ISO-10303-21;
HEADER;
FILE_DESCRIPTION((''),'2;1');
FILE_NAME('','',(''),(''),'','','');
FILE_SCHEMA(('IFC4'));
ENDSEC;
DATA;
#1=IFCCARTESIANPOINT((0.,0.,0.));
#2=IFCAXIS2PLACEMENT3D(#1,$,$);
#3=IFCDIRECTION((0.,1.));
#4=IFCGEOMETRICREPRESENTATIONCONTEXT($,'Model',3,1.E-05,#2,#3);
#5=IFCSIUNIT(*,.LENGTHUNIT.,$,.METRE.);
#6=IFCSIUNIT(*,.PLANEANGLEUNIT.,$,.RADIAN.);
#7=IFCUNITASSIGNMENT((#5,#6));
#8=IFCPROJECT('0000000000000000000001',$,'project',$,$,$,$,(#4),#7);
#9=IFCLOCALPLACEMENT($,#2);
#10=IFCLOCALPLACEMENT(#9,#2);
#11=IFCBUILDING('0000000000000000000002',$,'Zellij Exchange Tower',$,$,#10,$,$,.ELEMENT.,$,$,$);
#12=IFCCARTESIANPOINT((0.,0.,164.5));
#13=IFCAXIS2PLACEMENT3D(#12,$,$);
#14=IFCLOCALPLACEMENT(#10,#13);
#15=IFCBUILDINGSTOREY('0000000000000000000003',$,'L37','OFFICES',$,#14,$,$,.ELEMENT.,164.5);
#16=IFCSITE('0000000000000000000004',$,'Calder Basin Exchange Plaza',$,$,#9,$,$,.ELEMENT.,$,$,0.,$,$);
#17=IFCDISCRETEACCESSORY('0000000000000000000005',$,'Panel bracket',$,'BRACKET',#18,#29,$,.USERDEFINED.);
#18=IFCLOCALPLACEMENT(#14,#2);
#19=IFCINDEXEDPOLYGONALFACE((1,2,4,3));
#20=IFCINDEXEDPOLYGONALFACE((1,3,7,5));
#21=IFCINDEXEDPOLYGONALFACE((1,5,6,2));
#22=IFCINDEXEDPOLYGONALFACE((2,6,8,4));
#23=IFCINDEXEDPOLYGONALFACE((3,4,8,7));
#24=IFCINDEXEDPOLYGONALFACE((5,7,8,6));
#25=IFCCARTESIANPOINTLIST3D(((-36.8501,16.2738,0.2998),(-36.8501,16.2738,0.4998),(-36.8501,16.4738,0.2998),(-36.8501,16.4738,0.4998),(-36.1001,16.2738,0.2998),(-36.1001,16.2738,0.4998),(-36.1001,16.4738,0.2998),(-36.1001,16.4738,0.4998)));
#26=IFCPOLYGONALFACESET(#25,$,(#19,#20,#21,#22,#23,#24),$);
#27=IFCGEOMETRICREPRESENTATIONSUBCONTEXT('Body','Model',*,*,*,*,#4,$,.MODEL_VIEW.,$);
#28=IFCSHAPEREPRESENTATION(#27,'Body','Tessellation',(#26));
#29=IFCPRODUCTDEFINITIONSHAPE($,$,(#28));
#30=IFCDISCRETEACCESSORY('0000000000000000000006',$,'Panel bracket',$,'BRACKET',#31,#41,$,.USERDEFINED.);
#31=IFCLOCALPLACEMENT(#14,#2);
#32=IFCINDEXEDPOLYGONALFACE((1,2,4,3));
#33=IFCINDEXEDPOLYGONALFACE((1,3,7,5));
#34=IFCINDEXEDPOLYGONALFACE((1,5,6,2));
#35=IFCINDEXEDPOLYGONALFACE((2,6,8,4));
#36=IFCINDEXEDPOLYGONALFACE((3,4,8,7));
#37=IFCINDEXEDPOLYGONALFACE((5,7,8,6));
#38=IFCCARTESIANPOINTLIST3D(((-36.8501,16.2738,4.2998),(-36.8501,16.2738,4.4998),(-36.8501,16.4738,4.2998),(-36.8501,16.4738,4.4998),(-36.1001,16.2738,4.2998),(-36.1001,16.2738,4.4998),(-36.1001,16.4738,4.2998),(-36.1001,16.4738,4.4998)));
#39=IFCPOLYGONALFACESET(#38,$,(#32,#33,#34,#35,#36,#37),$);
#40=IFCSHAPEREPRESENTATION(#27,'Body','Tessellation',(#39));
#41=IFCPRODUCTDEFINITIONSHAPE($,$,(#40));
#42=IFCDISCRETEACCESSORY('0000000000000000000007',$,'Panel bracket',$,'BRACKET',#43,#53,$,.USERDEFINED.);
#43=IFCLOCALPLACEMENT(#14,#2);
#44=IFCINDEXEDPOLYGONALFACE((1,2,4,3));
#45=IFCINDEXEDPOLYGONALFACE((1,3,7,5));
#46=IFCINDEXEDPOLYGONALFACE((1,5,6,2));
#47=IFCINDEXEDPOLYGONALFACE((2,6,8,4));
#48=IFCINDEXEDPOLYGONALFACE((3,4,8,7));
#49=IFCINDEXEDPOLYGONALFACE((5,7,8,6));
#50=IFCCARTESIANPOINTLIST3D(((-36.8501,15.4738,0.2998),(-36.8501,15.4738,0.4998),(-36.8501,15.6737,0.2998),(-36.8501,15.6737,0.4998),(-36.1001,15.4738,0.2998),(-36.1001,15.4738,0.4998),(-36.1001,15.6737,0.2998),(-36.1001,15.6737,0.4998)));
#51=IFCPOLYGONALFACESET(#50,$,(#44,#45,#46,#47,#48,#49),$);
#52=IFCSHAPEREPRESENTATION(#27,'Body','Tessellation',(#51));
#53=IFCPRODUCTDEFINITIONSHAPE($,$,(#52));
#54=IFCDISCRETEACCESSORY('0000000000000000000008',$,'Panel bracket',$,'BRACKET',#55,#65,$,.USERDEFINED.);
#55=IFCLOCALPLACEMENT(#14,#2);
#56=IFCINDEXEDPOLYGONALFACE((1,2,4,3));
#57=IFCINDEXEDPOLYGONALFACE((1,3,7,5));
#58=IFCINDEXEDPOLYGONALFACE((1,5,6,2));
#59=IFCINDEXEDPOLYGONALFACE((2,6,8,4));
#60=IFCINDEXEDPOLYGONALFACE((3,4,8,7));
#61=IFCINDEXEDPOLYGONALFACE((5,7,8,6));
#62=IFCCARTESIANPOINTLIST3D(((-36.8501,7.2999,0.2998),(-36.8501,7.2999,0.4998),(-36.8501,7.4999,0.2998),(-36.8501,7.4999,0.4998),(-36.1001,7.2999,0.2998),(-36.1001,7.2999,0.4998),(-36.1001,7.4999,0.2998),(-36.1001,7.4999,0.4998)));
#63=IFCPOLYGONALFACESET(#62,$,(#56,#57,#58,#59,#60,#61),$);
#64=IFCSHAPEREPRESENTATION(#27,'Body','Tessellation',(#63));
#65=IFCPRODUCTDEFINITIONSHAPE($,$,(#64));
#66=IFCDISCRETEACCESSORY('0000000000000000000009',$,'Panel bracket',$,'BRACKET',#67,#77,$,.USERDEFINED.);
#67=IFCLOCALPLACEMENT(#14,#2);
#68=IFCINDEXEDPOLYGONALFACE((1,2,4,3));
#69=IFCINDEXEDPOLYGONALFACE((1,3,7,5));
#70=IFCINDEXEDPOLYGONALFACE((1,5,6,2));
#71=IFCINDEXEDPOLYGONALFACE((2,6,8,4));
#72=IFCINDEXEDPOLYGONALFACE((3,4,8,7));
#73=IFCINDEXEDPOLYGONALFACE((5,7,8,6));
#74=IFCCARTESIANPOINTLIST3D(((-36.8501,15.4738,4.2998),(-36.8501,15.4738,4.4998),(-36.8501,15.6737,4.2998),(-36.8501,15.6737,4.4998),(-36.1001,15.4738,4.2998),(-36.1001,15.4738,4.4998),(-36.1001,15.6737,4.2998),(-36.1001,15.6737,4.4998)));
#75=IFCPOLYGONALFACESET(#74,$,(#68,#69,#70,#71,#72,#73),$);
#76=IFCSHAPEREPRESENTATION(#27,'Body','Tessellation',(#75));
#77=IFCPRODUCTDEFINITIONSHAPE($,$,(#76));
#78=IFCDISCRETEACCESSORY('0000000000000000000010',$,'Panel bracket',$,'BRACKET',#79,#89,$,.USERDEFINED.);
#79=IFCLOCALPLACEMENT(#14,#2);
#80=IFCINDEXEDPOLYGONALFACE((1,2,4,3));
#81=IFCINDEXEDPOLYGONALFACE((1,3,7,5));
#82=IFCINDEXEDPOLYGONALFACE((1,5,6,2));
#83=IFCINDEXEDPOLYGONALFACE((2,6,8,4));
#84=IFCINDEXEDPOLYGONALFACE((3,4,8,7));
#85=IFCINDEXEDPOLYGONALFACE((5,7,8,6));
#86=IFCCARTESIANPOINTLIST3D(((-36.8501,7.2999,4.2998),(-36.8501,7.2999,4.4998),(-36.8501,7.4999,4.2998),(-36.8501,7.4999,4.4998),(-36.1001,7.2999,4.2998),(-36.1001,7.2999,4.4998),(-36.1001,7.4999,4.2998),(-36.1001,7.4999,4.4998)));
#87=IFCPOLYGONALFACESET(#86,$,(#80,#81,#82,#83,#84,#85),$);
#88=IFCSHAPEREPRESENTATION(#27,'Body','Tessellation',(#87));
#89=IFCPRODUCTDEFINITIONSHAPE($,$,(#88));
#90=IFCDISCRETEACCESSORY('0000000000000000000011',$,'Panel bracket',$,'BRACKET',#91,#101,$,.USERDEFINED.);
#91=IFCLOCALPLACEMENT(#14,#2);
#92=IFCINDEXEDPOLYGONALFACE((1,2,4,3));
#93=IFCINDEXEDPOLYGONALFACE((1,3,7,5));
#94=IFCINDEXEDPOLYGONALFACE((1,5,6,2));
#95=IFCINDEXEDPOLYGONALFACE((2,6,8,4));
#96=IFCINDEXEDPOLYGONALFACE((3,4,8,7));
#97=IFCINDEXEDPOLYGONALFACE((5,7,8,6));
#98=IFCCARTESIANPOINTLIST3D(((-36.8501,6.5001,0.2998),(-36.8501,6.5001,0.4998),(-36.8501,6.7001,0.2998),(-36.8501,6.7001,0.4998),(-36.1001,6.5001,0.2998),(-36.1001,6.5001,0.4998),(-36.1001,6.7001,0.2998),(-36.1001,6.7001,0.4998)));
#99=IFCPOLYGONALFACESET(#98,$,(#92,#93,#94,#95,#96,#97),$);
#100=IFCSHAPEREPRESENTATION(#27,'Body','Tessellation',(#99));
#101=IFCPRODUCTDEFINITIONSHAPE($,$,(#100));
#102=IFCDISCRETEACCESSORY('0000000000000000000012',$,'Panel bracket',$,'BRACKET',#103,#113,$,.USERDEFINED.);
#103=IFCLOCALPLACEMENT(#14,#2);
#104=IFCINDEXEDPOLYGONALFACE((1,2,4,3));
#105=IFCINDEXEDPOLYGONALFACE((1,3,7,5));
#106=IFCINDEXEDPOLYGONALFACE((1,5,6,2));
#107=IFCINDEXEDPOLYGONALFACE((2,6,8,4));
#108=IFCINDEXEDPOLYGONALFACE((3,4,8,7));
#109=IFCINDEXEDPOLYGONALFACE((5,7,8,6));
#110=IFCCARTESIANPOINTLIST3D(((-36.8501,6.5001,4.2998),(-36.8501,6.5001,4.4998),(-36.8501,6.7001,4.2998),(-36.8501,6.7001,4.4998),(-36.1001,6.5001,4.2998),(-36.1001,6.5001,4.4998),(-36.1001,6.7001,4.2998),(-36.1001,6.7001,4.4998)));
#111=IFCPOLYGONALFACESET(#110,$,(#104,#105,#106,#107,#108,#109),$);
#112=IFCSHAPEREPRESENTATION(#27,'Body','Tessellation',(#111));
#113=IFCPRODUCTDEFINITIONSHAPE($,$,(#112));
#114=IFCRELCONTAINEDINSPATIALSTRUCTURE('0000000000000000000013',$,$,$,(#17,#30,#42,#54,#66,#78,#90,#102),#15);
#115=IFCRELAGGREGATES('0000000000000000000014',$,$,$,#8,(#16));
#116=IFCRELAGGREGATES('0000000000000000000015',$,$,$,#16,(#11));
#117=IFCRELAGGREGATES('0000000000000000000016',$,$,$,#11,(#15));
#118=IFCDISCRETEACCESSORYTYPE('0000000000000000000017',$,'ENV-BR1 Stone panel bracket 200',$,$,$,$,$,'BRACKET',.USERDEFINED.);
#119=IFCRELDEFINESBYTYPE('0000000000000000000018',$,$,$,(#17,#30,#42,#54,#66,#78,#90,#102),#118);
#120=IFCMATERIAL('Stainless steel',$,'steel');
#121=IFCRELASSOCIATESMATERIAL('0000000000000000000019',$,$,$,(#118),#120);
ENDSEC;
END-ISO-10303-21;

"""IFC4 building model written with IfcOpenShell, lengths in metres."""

from ifc_helpers import new_model, si_unit, direction, frame, origin, origin_2d, place, context, subcontext, project, spatial, rectangle, extrude, material, type_object, element, save


model = new_model("IFC4")

# Units and contexts
model_context = context("Model", 3, precision=1e-05, world=origin(), true_north=direction((0.0, 1.0)))
body_context = subcontext(model_context, "Body", "Model", "MODEL_VIEW")
ifc_project = project(units=[si_unit("LENGTHUNIT", "METRE"), si_unit("PLANEANGLEUNIT", "RADIAN")], contexts=[model_context])

# Site, building, storey
site_placement = place(None, origin())
site = spatial("IfcSite", under=ifc_project, at=site_placement, Name="Calder Basin Exchange Plaza", CompositionType="ELEMENT", RefElevation=0.0)
building_placement = place(site_placement, origin())
building = spatial("IfcBuilding", under=site, at=building_placement, Name="Zellij Exchange Tower", CompositionType="ELEMENT")
storey_placement = place(building_placement, frame((0.0, 0.0, 164.5)))
storey = spatial("IfcBuildingStorey", under=building, at=storey_placement, Name="L37", Description="OFFICES", CompositionType="ELEMENT", Elevation=164.5)

# Discrete accessories
ifc_material_1 = material(Name="Stainless steel", Category="steel")
discrete_accessory_type = type_object("IfcDiscreteAccessoryType", Name="ENV-BR1 Stone panel bracket 200", ElementType="BRACKET", PredefinedType="USERDEFINED", material=ifc_material_1)
for number, where, z_axis, x_axis, name in (
    (1, (-36.4751, 16.3738, 0.2998), (0.0, 0.0, 1.0), (0.0, -1.0, 0.0), "Panel bracket"),
    (2, (-36.4751, 16.3738, 4.2998), (0.0, 0.0, 1.0), (0.0, -1.0, 0.0), "Panel bracket"),
    (3, (-36.4751, 15.5737, 0.2998), (0.0, 0.0, 1.0), (0.0, -1.0, 0.0), "Panel bracket"),
    (4, (-36.4751, 7.3999, 0.2998), (0.0, 0.0, 1.0), (0.0, -1.0, 0.0), "Panel bracket"),
    (5, (-36.4751, 15.5737, 4.2998), (0.0, 0.0, 1.0), (0.0, -1.0, 0.0), "Panel bracket"),
    (6, (-36.4751, 7.3999, 4.2998), (0.0, 0.0, 1.0), (0.0, -1.0, 0.0), "Panel bracket"),
    (7, (-36.4751, 6.6001, 0.2998), (0.0, 0.0, 1.0), (0.0, -1.0, 0.0), "Panel bracket"),
    (8, (-36.4751, 6.6001, 4.2998), (0.0, 0.0, 1.0), (0.0, -1.0, 0.0), "Panel bracket"),
):
    element("IfcDiscreteAccessory", number, at=place(storey_placement, frame(where, z_axis=z_axis, x_axis=x_axis)), inside=storey, type_object=discrete_accessory_type, Name=name, ObjectType="BRACKET", PredefinedType="USERDEFINED", context=body_context, shape_type="SweptSolid", body=[
        extrude(rectangle(XDim=0.2, YDim=0.75, at=origin_2d()), origin(), (0.0, 0.0, 1.0), 0.2),
    ])

save(model, "model.ifc")
